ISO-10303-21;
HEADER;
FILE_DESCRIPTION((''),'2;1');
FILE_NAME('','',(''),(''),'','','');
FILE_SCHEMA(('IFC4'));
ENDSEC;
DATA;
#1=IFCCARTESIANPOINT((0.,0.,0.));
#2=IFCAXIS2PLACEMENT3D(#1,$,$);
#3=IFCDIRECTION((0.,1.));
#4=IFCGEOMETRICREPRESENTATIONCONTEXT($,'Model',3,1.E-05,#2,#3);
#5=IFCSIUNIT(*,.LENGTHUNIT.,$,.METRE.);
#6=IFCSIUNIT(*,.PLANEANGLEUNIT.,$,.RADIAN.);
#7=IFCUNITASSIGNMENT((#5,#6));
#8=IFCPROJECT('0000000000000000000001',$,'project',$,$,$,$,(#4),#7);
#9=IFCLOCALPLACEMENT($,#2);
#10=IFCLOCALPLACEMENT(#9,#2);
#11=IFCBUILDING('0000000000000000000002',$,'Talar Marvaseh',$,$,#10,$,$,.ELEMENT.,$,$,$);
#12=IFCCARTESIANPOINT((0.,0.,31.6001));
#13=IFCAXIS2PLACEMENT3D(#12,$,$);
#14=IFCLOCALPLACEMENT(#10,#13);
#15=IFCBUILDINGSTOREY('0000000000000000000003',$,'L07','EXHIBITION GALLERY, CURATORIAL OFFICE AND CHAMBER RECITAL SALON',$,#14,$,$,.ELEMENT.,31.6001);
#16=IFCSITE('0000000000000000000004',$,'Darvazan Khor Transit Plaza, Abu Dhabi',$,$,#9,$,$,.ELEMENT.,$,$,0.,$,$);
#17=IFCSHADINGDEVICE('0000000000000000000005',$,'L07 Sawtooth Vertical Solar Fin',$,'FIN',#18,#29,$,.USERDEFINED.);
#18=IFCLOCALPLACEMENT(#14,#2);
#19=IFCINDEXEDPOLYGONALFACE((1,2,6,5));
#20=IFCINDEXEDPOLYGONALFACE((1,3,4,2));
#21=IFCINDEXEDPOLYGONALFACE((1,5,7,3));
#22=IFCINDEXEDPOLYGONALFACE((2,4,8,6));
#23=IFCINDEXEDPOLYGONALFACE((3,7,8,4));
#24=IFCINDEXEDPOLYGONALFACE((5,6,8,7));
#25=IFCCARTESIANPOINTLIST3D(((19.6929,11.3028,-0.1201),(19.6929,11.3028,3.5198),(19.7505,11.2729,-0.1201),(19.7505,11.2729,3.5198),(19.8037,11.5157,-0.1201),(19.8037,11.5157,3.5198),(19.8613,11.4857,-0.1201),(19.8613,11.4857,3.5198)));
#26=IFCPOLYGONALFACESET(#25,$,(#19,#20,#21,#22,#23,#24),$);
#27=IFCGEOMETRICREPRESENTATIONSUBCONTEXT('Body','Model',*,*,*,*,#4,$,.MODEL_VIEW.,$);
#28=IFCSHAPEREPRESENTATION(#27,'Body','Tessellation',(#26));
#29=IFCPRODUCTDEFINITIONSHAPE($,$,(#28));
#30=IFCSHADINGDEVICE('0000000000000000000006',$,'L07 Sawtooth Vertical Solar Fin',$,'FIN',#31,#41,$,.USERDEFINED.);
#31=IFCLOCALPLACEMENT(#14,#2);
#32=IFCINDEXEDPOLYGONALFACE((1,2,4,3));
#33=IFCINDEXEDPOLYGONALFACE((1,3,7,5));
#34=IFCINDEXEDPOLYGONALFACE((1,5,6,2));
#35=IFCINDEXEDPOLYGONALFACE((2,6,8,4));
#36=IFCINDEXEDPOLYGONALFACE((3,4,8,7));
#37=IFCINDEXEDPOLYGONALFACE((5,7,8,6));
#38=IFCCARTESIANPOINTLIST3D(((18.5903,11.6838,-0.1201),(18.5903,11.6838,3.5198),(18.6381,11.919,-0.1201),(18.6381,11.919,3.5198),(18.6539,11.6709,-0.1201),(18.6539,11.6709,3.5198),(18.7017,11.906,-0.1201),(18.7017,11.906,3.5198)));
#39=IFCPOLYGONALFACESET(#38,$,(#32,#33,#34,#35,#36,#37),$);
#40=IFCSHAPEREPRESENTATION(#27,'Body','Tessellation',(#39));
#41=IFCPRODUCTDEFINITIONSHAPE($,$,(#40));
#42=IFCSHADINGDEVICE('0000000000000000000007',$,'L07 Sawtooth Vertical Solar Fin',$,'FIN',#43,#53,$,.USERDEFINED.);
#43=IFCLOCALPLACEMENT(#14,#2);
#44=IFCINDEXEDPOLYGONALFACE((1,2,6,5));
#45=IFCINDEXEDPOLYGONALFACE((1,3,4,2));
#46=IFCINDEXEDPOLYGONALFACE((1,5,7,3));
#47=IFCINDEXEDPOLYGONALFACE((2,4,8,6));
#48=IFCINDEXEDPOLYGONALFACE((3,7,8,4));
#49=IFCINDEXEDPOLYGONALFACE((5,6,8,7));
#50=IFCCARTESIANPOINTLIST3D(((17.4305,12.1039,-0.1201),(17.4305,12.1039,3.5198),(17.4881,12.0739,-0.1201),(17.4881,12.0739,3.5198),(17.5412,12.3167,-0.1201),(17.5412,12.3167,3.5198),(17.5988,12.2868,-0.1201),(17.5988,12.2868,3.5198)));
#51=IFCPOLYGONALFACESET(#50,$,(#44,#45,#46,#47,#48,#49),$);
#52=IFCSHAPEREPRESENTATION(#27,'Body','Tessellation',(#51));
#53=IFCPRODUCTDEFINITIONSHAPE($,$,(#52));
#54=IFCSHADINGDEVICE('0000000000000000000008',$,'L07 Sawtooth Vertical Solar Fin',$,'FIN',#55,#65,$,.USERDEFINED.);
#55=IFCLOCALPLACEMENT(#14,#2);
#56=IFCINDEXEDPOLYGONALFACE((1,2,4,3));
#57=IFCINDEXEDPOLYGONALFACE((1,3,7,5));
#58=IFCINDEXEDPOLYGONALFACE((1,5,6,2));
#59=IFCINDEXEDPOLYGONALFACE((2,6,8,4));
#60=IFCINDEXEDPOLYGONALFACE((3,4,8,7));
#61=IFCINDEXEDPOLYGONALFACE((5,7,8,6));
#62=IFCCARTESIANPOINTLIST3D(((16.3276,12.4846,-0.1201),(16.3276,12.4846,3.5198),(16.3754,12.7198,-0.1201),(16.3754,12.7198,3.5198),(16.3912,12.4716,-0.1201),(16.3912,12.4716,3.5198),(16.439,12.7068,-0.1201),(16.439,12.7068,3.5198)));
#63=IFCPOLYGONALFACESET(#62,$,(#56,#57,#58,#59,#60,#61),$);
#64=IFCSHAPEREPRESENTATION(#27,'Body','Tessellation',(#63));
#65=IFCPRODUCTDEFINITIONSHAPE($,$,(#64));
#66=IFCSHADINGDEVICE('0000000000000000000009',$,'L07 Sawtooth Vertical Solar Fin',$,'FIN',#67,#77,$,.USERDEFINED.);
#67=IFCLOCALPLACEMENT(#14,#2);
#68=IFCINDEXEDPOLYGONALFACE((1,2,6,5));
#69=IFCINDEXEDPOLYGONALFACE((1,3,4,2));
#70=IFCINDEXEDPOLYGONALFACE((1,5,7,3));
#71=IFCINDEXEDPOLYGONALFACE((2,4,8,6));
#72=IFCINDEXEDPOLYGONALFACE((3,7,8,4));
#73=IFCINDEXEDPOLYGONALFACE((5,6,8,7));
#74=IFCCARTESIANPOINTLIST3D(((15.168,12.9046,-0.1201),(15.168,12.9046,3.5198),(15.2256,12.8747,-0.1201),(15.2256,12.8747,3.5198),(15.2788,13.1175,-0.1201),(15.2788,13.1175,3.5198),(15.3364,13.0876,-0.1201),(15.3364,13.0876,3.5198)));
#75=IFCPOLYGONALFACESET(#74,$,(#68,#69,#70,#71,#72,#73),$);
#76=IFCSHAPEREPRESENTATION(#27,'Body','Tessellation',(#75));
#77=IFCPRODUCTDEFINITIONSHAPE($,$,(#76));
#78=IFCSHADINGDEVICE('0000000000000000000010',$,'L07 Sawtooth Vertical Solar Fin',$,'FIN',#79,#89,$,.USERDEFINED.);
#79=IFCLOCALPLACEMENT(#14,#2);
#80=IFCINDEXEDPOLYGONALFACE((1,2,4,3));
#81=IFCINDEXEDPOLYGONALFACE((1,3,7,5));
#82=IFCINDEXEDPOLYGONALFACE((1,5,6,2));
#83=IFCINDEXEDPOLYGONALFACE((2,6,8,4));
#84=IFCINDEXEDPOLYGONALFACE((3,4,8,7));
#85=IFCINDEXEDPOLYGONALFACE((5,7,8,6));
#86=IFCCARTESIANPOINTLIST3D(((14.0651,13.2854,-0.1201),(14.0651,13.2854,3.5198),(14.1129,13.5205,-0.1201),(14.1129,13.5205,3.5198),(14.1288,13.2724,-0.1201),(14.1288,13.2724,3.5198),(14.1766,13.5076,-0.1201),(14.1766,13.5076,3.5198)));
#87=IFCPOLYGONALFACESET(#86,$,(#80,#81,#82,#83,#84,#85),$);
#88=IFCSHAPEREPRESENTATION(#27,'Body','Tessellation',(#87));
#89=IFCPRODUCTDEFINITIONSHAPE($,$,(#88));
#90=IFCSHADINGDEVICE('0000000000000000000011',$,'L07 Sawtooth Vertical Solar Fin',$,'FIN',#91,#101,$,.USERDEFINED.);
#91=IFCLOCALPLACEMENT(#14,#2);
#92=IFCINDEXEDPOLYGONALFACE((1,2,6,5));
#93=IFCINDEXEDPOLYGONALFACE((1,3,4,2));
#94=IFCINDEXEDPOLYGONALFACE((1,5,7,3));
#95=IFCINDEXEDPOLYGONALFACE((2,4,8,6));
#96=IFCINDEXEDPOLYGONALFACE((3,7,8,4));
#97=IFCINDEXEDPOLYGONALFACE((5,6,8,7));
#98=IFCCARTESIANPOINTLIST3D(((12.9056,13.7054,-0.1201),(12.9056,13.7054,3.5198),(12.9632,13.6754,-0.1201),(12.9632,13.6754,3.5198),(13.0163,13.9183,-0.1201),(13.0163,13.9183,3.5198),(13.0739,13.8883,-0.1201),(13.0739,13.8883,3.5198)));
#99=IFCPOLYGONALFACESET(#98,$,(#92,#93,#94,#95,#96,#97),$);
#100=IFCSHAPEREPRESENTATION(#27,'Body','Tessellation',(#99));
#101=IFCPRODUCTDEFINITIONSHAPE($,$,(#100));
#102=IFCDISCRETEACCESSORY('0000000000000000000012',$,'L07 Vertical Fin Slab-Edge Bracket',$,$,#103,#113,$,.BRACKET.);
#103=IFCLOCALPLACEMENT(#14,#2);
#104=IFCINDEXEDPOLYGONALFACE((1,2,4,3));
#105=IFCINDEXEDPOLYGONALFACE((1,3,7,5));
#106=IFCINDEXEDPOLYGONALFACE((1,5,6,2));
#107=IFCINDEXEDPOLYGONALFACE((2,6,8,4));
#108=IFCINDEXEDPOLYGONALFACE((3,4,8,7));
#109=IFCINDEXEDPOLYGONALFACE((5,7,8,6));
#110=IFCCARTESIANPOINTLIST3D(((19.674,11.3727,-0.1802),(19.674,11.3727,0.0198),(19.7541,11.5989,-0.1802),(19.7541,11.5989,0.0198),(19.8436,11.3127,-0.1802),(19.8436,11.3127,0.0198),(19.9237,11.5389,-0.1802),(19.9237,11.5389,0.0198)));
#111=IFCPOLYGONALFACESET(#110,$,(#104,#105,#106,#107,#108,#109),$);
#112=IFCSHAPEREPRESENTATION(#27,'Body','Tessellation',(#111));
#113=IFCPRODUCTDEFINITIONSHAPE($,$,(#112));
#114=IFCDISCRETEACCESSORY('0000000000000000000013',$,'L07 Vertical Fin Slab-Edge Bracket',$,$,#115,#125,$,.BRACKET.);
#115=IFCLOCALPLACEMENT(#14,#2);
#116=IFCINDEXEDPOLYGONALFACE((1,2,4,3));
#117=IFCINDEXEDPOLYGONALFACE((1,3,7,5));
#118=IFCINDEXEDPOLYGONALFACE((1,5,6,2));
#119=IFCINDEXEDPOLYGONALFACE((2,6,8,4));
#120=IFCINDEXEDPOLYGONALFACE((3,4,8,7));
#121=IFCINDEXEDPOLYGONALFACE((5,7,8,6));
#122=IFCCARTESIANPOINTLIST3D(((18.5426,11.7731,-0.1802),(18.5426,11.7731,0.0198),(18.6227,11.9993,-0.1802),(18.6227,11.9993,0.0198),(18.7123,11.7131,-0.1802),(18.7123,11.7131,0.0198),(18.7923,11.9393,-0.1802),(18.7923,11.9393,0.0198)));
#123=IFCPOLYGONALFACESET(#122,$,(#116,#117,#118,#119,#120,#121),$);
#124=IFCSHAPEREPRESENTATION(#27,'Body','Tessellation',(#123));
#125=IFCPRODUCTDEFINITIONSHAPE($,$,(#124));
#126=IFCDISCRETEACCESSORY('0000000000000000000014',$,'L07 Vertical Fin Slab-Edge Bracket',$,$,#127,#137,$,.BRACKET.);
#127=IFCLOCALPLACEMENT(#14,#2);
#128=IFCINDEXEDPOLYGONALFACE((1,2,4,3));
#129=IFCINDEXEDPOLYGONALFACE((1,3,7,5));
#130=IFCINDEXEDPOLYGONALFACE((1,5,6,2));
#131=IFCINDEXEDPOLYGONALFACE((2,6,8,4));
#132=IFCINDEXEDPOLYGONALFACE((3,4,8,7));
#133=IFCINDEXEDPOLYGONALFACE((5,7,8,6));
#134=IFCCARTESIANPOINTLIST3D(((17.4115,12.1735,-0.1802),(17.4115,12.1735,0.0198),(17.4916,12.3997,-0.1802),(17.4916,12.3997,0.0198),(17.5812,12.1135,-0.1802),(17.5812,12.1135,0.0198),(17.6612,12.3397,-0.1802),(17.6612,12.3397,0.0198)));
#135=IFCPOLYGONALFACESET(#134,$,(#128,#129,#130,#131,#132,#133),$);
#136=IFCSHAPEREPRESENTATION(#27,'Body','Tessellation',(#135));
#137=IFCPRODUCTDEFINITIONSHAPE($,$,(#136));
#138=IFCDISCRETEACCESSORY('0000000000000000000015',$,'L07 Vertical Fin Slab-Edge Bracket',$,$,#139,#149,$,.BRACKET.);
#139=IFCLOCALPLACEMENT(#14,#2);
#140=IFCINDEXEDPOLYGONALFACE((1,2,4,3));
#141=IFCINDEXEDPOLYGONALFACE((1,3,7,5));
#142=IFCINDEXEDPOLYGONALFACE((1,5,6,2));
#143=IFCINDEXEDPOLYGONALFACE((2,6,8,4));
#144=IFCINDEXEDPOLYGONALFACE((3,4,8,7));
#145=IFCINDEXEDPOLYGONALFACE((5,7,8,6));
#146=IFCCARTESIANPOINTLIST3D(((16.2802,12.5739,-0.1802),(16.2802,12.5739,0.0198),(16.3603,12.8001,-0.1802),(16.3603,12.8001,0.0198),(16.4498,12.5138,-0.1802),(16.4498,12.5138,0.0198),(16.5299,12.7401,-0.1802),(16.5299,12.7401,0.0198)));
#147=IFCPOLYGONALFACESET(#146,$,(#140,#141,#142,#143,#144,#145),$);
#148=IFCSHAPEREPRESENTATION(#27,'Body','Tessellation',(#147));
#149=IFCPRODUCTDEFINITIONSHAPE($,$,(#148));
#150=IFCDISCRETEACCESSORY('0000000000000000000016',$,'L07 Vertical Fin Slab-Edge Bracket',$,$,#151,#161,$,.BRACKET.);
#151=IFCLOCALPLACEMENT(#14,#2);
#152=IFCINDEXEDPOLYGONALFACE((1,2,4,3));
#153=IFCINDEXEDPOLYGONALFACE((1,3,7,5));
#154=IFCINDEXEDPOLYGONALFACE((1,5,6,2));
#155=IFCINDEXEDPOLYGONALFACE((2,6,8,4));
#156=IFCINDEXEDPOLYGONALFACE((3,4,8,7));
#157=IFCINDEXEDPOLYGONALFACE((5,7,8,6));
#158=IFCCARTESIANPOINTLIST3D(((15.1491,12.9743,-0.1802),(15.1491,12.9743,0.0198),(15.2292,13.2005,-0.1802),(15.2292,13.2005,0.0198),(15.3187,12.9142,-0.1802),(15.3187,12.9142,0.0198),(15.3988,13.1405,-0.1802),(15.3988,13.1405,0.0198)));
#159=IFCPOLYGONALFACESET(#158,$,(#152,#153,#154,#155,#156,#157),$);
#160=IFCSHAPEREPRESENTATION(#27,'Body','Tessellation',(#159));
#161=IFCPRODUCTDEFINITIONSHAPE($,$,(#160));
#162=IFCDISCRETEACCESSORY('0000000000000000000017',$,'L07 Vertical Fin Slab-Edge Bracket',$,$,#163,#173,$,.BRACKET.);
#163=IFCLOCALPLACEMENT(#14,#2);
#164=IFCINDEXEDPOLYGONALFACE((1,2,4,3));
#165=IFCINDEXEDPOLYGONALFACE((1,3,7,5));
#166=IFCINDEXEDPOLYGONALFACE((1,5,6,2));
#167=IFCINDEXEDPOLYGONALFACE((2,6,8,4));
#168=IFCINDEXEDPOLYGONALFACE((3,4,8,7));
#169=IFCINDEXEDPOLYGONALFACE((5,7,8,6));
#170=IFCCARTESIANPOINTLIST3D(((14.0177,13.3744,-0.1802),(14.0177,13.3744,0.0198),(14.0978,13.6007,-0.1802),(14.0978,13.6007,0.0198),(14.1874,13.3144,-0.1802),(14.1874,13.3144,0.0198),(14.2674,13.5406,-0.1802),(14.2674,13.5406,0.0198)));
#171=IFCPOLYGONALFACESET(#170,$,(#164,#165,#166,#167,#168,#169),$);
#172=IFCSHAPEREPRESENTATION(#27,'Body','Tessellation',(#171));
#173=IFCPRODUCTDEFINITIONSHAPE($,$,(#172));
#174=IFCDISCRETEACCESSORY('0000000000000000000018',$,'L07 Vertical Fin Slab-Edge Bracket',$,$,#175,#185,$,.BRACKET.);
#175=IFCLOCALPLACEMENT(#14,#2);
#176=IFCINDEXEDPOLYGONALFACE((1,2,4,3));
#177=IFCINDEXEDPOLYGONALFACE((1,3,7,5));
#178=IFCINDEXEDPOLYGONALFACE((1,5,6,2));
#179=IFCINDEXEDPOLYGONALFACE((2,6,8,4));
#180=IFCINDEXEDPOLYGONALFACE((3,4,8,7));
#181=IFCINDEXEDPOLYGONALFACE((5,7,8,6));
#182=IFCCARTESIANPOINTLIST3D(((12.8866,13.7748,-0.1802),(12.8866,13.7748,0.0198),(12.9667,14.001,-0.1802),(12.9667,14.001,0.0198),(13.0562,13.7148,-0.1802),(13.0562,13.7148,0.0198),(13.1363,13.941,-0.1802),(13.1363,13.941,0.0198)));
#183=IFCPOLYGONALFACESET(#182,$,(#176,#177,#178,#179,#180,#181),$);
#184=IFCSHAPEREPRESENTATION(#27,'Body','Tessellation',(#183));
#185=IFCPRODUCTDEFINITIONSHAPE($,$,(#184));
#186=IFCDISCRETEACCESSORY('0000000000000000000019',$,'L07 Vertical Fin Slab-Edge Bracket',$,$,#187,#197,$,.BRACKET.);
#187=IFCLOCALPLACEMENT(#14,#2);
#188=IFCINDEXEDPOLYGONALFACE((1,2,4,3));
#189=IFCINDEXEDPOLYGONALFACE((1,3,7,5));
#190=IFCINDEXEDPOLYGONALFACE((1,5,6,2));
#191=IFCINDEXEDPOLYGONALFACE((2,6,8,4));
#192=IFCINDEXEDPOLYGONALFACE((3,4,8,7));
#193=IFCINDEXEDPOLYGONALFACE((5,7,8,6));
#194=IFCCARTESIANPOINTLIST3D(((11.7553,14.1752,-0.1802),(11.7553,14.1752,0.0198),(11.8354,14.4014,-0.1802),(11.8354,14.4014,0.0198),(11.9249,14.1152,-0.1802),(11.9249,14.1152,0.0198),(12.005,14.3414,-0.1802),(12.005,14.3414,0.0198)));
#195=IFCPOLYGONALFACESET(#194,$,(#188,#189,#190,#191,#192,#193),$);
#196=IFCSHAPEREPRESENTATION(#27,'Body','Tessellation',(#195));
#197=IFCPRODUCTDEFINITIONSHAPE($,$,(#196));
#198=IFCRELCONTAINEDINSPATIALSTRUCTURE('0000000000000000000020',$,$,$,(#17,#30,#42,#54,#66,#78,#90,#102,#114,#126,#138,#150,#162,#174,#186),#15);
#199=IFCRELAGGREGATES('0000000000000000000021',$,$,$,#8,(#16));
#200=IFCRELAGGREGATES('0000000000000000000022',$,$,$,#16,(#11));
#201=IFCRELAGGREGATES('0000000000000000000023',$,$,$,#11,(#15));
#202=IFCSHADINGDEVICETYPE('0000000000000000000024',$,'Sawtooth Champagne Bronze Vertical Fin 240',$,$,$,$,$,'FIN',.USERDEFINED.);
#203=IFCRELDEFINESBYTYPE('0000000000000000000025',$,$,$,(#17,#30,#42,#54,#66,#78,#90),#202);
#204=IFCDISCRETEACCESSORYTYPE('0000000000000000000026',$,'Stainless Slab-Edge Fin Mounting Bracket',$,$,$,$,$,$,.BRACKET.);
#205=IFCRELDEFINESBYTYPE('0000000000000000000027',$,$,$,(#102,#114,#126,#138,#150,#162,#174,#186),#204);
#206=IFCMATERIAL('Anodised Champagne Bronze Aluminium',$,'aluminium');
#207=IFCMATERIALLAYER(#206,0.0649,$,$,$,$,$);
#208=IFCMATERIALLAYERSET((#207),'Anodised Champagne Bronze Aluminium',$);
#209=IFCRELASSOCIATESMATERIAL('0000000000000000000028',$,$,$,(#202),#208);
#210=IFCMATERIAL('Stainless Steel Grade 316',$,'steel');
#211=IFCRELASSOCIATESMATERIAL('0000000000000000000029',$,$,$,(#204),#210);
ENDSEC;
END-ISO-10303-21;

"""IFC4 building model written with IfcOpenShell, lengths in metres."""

from ifc_helpers import new_model, si_unit, direction, frame, origin, origin_2d, place, context, subcontext, project, spatial, rectangle, extrude, source, transform, mapped, material, layer, layer_set, type_object, type_shapes, element, save


model = new_model("IFC4")

# Units and contexts
model_context = context("Model", 3, precision=1e-05, world=origin(), true_north=direction((0.0, 1.0)))
body_context = subcontext(model_context, "Body", "Model", "MODEL_VIEW")
ifc_project = project(units=[si_unit("LENGTHUNIT", "METRE"), si_unit("PLANEANGLEUNIT", "RADIAN")], contexts=[model_context])

# Site, building, storey
site_placement = place(None, origin())
site = spatial("IfcSite", under=ifc_project, at=site_placement, Name="Darvazan Khor Transit Plaza, Abu Dhabi", CompositionType="ELEMENT", RefElevation=0.0)
building_placement = place(site_placement, origin())
building = spatial("IfcBuilding", under=site, at=building_placement, Name="Talar Marvaseh", CompositionType="ELEMENT")
storey_placement = place(building_placement, frame((0.0, 0.0, 31.6001)))
storey = spatial("IfcBuildingStorey", under=building, at=storey_placement, Name="L07", Description="EXHIBITION GALLERY, CURATORIAL OFFICE AND CHAMBER RECITAL SALON", CompositionType="ELEMENT", Elevation=31.6001)

# Shading devices
ifc_material_1 = material(Name="Anodised Champagne Bronze Aluminium", Category="aluminium")
ifc_layer_1 = layer(ifc_material_1, 0.0649)
ifc_layer_set_1 = layer_set([ifc_layer_1], Name="Anodised Champagne Bronze Aluminium")
shading_device_type = type_object("IfcShadingDeviceType", Name="Sawtooth Champagne Bronze Vertical Fin 240", ElementType="FIN", PredefinedType="USERDEFINED", material=ifc_layer_set_1)
shared_shape_1 = source(origin(), body_context, "Body", "SweptSolid", [
    extrude(rectangle(XDim=0.24, YDim=0.0649, at=origin_2d()), origin(), (0.0, 0.0, 1.0), 3.6399),
])
type_shapes(shading_device_type, [shared_shape_1])
for number, where, z_axis, x_axis, name in (
    (1, (19.7771, 11.3943, -0.1201), (0.0, 0.0, 1.0), (-0.461594, -0.887091, 0.0), "L07 Sawtooth Vertical Solar Fin"),
    (2, (18.646, 11.7949, -0.1201), (0.0, 0.0, 1.0), (-0.199197, -0.979959, 0.0), "L07 Sawtooth Vertical Solar Fin"),
    (3, (17.5146, 12.1953, -0.1201), (0.0, 0.0, 1.0), (-0.461594, -0.887091, 0.0), "L07 Sawtooth Vertical Solar Fin"),
    (4, (16.3833, 12.5957, -0.1201), (0.0, 0.0, 1.0), (-0.199197, -0.979959, 0.0), "L07 Sawtooth Vertical Solar Fin"),
    (5, (15.2522, 12.9961, -0.1201), (0.0, 0.0, 1.0), (-0.461594, -0.887091, 0.0), "L07 Sawtooth Vertical Solar Fin"),
    (6, (14.1208, 13.3965, -0.1201), (0.0, 0.0, 1.0), (-0.199197, -0.979959, 0.0), "L07 Sawtooth Vertical Solar Fin"),
    (7, (12.9897, 13.7969, -0.1201), (0.0, 0.0, 1.0), (-0.461594, -0.887091, 0.0), "L07 Sawtooth Vertical Solar Fin"),
):
    element("IfcShadingDevice", number, at=place(storey_placement, frame(where, z_axis=z_axis, x_axis=x_axis)), inside=storey, type_object=shading_device_type, Name=name, ObjectType="FIN", PredefinedType="USERDEFINED", context=body_context, shape_type="MappedRepresentation", body=[
        mapped(shared_shape_1, transform((0.0, 0.0, 0.0), x_axis=(1.0, 0.0, 0.0), y_axis=(0.0, 1.0, 0.0), z_axis=(0.0, 0.0, 1.0), scale=1.0)),
    ])

# Discrete accessories
ifc_material_2 = material(Name="Stainless Steel Grade 316", Category="steel")
discrete_accessory_type = type_object("IfcDiscreteAccessoryType", Name="Stainless Slab-Edge Fin Mounting Bracket", PredefinedType="BRACKET", material=ifc_material_2)
shared_shape_2 = source(origin(), body_context, "Body", "SweptSolid", [
    extrude(rectangle(XDim=0.24, YDim=0.1799, at=origin_2d()), origin(), (0.0, 0.0, 1.0), 0.2),
])
type_shapes(discrete_accessory_type, [shared_shape_2])
for number, where, z_axis, x_axis, name in (
    (8, (19.7988, 11.4558, -0.1802), (0.0, 0.0, 1.0), (-0.333642, -0.9427, 0.0), "L07 Vertical Fin Slab-Edge Bracket"),
    (9, (18.6675, 11.8562, -0.1802), (0.0, 0.0, 1.0), (-0.333642, -0.9427, 0.0), "L07 Vertical Fin Slab-Edge Bracket"),
    (10, (17.5364, 12.2566, -0.1802), (0.0, 0.0, 1.0), (-0.333642, -0.9427, 0.0), "L07 Vertical Fin Slab-Edge Bracket"),
    (11, (16.405, 12.657, -0.1802), (0.0, 0.0, 1.0), (-0.333642, -0.9427, 0.0), "L07 Vertical Fin Slab-Edge Bracket"),
    (12, (15.2739, 13.0574, -0.1802), (0.0, 0.0, 1.0), (-0.333642, -0.9427, 0.0), "L07 Vertical Fin Slab-Edge Bracket"),
    (13, (14.1426, 13.4575, -0.1802), (0.0, 0.0, 1.0), (-0.333642, -0.9427, 0.0), "L07 Vertical Fin Slab-Edge Bracket"),
    (14, (13.0115, 13.8579, -0.1802), (0.0, 0.0, 1.0), (-0.333642, -0.9427, 0.0), "L07 Vertical Fin Slab-Edge Bracket"),
    (15, (11.8801, 14.2583, -0.1802), (0.0, 0.0, 1.0), (-0.333642, -0.9427, 0.0), "L07 Vertical Fin Slab-Edge Bracket"),
):
    element("IfcDiscreteAccessory", number, at=place(storey_placement, frame(where, z_axis=z_axis, x_axis=x_axis)), inside=storey, type_object=discrete_accessory_type, Name=name, PredefinedType="BRACKET", context=body_context, shape_type="MappedRepresentation", body=[
        mapped(shared_shape_2, transform((0.0, 0.0, 0.0), x_axis=(1.0, 0.0, 0.0), y_axis=(0.0, 1.0, 0.0), z_axis=(0.0, 0.0, 1.0), scale=1.0)),
    ])

save(model, "model.ifc")
